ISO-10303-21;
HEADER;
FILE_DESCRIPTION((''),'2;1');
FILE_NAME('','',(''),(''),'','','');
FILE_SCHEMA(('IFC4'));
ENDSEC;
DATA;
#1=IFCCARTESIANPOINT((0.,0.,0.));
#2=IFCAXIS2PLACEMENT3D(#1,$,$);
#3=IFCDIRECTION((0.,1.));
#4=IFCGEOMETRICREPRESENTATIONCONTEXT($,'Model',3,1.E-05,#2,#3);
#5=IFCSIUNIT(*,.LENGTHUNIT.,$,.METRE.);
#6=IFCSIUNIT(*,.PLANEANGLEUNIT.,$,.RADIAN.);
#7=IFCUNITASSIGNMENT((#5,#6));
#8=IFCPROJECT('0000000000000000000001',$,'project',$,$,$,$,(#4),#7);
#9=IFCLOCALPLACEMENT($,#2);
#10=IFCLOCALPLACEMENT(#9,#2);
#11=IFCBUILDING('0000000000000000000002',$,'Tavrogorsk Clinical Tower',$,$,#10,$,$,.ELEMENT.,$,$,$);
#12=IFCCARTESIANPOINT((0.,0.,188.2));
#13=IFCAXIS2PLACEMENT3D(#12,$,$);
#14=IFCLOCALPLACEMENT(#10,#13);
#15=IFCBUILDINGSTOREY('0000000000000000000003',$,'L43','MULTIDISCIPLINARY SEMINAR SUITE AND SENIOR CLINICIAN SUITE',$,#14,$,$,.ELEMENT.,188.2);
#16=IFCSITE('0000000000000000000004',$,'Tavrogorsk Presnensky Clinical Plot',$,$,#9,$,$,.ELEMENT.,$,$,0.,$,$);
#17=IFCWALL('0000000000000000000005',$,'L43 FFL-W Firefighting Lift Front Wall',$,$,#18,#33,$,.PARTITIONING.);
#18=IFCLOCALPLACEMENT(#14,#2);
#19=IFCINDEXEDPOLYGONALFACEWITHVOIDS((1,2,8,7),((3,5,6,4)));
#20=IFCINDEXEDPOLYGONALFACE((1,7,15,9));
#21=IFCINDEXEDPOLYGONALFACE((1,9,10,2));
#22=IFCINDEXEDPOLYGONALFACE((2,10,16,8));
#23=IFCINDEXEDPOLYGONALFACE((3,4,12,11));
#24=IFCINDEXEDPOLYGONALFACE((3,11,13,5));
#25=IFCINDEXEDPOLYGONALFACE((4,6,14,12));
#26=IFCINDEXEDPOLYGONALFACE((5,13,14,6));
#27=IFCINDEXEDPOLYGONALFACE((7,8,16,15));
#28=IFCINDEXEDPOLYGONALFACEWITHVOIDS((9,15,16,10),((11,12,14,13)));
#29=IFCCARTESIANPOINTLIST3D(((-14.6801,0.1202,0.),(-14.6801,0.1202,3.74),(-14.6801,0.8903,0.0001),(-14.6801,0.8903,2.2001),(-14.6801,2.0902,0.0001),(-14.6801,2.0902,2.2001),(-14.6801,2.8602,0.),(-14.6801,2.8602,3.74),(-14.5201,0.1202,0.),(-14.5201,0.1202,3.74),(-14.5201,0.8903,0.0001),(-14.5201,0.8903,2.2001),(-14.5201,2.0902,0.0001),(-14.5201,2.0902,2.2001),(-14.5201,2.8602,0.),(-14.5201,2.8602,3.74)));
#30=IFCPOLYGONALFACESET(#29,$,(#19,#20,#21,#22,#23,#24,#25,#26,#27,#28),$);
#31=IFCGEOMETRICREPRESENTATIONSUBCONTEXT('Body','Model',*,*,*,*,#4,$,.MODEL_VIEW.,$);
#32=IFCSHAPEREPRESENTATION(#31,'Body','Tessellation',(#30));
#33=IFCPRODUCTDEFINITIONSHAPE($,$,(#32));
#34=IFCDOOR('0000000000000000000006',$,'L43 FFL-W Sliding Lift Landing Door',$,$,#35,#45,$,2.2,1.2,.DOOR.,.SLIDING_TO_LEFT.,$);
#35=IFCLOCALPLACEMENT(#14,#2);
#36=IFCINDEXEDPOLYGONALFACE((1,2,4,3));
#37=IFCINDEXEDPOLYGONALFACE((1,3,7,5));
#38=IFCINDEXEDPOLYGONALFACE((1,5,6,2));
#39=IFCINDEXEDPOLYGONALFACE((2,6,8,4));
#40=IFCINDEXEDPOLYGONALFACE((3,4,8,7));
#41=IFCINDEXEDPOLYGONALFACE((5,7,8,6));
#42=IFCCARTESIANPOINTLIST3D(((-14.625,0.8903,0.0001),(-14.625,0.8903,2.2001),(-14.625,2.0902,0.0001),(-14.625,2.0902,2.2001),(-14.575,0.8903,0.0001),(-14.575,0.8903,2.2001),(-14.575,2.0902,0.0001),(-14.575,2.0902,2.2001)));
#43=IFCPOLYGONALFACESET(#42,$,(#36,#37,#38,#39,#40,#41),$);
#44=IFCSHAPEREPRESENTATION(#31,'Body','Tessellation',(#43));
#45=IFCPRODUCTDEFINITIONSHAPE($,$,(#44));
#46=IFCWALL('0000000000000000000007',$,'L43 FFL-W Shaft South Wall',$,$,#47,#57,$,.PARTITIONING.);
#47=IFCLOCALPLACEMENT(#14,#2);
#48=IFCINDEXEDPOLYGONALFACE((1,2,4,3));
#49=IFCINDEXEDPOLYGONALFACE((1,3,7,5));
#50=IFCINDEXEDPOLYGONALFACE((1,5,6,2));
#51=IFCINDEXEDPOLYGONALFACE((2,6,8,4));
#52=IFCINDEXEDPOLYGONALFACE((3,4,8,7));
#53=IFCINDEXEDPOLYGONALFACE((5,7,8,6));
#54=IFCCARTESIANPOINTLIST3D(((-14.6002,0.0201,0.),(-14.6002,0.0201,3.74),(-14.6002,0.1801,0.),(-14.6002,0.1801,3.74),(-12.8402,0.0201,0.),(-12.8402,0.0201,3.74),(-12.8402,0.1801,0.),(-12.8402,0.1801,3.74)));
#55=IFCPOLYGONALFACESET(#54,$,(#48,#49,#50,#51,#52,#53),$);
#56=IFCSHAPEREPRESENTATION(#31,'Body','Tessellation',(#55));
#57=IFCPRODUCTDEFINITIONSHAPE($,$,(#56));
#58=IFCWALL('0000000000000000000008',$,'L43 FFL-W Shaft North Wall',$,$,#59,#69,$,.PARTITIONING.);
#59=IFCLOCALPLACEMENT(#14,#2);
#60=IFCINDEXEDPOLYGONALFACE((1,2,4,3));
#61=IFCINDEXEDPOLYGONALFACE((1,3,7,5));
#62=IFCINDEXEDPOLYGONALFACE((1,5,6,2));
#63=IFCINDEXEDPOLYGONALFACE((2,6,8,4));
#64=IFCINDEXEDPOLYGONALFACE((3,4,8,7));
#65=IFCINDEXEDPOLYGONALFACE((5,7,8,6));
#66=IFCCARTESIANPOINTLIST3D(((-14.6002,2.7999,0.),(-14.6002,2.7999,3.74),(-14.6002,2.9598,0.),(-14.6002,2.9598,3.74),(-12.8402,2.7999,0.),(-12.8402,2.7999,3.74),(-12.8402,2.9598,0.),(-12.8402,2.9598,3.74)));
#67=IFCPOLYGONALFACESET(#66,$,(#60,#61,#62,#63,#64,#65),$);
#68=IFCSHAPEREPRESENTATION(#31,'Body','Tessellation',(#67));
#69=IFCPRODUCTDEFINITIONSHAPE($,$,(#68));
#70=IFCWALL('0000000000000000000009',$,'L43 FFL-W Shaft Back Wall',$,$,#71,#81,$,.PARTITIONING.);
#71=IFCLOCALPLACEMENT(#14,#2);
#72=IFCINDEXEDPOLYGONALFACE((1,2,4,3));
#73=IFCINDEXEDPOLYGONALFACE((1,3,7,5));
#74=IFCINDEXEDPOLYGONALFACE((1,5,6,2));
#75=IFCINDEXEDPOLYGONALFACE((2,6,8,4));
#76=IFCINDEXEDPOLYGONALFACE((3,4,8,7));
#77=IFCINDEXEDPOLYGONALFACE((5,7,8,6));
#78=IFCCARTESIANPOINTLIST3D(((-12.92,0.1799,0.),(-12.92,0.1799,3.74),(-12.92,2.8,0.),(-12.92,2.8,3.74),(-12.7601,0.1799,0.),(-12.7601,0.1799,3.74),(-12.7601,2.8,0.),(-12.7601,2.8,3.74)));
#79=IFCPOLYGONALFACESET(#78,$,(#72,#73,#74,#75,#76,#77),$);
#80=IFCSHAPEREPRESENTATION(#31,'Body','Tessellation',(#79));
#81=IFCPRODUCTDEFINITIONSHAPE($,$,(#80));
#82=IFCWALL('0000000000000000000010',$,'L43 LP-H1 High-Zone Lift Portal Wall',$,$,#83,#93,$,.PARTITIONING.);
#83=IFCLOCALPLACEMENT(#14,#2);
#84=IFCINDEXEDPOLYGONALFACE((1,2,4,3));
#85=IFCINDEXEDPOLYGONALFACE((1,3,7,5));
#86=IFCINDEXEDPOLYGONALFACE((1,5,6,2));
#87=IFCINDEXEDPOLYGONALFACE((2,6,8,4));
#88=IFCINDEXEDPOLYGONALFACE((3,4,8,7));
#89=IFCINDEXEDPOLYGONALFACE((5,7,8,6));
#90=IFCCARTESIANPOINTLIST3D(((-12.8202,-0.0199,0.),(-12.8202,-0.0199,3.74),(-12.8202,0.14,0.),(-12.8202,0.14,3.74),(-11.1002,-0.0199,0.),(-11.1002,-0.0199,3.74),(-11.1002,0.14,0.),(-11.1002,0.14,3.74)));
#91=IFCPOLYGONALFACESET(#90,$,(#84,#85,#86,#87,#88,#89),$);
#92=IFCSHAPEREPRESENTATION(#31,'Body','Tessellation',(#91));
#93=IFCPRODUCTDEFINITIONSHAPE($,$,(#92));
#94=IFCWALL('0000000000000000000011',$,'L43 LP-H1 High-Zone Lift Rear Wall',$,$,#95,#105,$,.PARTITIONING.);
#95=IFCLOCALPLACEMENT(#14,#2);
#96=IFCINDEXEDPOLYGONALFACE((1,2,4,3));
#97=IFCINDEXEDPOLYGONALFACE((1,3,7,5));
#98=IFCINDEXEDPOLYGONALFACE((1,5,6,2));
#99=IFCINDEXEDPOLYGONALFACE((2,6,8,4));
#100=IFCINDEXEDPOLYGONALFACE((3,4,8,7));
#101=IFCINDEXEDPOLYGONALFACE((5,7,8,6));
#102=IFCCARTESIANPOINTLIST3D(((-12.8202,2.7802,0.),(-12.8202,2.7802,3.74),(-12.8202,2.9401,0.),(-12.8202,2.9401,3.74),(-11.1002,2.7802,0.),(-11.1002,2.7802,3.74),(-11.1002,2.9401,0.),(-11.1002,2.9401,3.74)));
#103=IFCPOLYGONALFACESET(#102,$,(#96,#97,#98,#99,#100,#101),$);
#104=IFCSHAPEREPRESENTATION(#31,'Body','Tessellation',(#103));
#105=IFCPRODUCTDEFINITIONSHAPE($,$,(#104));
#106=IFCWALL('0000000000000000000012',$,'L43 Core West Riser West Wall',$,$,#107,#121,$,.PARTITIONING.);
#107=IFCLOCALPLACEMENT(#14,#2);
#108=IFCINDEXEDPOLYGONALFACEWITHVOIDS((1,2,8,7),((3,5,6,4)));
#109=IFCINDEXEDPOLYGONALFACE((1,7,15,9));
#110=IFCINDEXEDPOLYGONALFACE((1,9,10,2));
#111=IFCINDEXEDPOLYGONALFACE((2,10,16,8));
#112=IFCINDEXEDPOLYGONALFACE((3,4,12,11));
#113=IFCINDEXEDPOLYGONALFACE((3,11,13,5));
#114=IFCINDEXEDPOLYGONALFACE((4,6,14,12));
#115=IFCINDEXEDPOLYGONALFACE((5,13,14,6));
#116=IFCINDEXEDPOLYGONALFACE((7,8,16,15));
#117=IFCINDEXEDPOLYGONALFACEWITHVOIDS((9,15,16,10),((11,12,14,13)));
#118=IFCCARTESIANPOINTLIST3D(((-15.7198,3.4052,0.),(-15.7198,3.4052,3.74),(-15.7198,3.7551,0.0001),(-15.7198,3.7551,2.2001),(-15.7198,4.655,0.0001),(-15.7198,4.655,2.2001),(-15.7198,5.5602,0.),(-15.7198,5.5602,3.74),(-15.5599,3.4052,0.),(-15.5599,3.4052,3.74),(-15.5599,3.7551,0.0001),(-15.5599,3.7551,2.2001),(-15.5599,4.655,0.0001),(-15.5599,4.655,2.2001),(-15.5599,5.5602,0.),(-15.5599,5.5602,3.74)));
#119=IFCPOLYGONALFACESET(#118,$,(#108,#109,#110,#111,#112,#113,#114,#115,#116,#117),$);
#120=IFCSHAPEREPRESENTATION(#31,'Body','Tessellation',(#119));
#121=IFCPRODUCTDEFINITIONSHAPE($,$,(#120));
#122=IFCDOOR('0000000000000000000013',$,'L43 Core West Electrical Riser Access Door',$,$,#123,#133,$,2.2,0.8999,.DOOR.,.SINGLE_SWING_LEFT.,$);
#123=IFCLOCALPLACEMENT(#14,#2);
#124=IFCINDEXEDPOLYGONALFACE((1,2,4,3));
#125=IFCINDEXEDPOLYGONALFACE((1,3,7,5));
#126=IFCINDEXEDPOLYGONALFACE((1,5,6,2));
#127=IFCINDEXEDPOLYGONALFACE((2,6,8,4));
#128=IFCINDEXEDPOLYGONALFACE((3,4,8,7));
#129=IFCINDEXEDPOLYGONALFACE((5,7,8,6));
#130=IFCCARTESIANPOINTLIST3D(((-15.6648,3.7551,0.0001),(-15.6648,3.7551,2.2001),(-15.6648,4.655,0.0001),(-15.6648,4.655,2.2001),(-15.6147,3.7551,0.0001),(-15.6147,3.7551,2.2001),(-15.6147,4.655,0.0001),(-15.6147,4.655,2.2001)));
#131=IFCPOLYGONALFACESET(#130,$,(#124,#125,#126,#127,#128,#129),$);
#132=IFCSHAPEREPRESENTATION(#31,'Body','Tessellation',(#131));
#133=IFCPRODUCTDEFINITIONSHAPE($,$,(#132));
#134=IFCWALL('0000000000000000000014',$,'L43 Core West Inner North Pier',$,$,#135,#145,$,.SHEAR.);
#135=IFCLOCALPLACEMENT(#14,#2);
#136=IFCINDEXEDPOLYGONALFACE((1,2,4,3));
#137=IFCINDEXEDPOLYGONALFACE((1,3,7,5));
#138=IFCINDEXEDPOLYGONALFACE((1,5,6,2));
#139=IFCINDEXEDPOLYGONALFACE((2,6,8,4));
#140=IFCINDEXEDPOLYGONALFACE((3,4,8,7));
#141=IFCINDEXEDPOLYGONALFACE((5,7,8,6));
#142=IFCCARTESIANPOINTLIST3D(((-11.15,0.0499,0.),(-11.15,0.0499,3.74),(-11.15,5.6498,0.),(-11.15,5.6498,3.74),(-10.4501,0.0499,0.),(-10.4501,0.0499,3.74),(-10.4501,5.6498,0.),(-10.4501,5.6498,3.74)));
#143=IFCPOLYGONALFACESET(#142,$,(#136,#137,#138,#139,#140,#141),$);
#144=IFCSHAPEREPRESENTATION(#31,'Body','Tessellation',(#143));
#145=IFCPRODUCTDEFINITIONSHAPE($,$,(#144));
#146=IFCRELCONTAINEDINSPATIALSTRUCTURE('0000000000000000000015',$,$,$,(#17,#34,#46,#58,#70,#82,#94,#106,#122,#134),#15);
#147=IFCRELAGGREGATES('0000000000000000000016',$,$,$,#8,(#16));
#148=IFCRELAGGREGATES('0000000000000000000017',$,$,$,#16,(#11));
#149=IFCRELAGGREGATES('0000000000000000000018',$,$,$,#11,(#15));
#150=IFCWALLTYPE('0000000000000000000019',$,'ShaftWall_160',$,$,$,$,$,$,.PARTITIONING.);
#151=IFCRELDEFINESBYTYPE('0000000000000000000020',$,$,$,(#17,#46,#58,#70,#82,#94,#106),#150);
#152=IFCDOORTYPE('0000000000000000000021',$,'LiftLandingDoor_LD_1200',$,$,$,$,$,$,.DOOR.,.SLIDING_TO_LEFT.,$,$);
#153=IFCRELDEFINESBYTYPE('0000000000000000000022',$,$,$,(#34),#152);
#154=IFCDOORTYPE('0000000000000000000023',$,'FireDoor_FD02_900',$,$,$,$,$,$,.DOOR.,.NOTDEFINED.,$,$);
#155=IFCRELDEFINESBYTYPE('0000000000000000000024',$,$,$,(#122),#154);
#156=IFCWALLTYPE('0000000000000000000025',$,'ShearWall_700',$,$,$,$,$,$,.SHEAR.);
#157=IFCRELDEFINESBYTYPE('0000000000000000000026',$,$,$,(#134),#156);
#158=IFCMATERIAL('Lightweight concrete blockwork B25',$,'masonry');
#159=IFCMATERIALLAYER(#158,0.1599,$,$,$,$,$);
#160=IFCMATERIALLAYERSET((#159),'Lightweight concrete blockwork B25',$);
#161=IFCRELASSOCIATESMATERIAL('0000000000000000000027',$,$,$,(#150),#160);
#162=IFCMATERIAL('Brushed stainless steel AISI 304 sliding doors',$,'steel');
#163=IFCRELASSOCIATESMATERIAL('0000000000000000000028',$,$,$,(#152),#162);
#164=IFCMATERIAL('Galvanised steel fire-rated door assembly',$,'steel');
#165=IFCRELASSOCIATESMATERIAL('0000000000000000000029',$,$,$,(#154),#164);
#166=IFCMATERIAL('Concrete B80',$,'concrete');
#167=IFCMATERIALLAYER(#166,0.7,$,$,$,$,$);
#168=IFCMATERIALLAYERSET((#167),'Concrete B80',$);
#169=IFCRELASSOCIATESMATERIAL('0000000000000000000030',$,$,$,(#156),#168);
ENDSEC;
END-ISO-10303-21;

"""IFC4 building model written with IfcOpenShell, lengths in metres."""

from ifc_helpers import new_model, si_unit, direction, frame, frame_2d, origin, place, context, subcontext, project, spatial, rectangle, extrude, material, layer, layer_set, type_object, element, fill, save


model = new_model("IFC4")

# Units and contexts
model_context = context("Model", 3, precision=1e-05, world=origin(), true_north=direction((0.0, 1.0)))
body_context = subcontext(model_context, "Body", "Model", "MODEL_VIEW")
ifc_project = project(units=[si_unit("LENGTHUNIT", "METRE"), si_unit("PLANEANGLEUNIT", "RADIAN")], contexts=[model_context])

# Site, building, storey
site_placement = place(None, origin())
site = spatial("IfcSite", under=ifc_project, at=site_placement, Name="Tavrogorsk Presnensky Clinical Plot", CompositionType="ELEMENT", RefElevation=0.0)
building_placement = place(site_placement, origin())
building = spatial("IfcBuilding", under=site, at=building_placement, Name="Tavrogorsk Clinical Tower", CompositionType="ELEMENT")
storey_placement = place(building_placement, frame((0.0, 0.0, 188.2)))
storey = spatial("IfcBuildingStorey", under=building, at=storey_placement, Name="L43", Description="MULTIDISCIPLINARY SEMINAR SUITE AND SENIOR CLINICIAN SUITE", CompositionType="ELEMENT", Elevation=188.2)

# Wall, opening, door
ifc_material_1 = material(Name="Lightweight concrete blockwork B25", Category="masonry")
ifc_layer_1 = layer(ifc_material_1, 0.1599)
ifc_layer_set_1 = layer_set([ifc_layer_1], Name="Lightweight concrete blockwork B25")
wall_type_1 = type_object("IfcWallType", Name="ShaftWall_160", PredefinedType="PARTITIONING", material=ifc_layer_set_1)
wall_1_placement = place(storey_placement, frame((-14.6001, 0.1201, 0.0), z_axis=(0.0, 0.0, 1.0), x_axis=(0.0, 1.0, 0.0)))
wall_1 = element("IfcWall", 1, at=wall_1_placement, inside=storey, type_object=wall_type_1, Name="L43 FFL-W Firefighting Lift Front Wall", PredefinedType="PARTITIONING", context=body_context, shape_type="SweptSolid", body=[
    extrude(rectangle(XDim=2.74, YDim=0.1599, at=frame_2d((1.3701, 0.0))), origin(), (0.0, 0.0, 1.0), 3.74),
])
opening_1_placement = place(wall_1_placement, frame((0.77, 0.0, 0.0)))
opening_1 = element("IfcOpeningElement", 2, at=opening_1_placement, cuts=wall_1, PredefinedType="OPENING", context=body_context, shape_type="SweptSolid", body=[
    extrude(rectangle(XDim=1.2, YDim=2.2, at=frame_2d((0.6001, 1.1001))), frame((0.0, 0.0898, 0.0), z_axis=(0.0, -1.0, 0.0), x_axis=(1.0, 0.0, 0.0)), (0.0, 0.0, 1.0), 0.1799),
])
ifc_material_2 = material(Name="Brushed stainless steel AISI 304 sliding doors", Category="steel")
door_type_1 = type_object("IfcDoorType", Name="LiftLandingDoor_LD_1200", OperationType="SLIDING_TO_LEFT", PredefinedType="DOOR", material=ifc_material_2)
door_1_placement = place(opening_1_placement, origin())
door_1 = element("IfcDoor", 3, at=door_1_placement, inside=storey, type_object=door_type_1, Name="L43 FFL-W Sliding Lift Landing Door", OperationType="SLIDING_TO_LEFT", OverallHeight=2.2, OverallWidth=1.2, PredefinedType="DOOR", context=body_context, shape_type="SweptSolid", body=[
    extrude(rectangle(XDim=1.2, YDim=2.2, at=frame_2d((0.6001, 1.1001))), frame((0.0, 0.0249, 0.0), z_axis=(0.0, -1.0, 0.0), x_axis=(1.0, 0.0, 0.0)), (0.0, 0.0, 1.0), 0.05),
])
fill(opening_1, door_1)

# Walls
for number, where, z_axis, x_axis, name in (
    (4, (-14.6001, 0.1001, 0.0), (0.0, 0.0, 1.0), (1.0, 0.0, 0.0), "L43 FFL-W Shaft South Wall"),
    (5, (-14.6001, 2.8799, 0.0), (0.0, 0.0, 1.0), (1.0, 0.0, 0.0), "L43 FFL-W Shaft North Wall"),
):
    element("IfcWall", number, at=place(storey_placement, frame(where, z_axis=z_axis, x_axis=x_axis)), inside=storey, type_object=wall_type_1, Name=name, PredefinedType="PARTITIONING", context=body_context, shape_type="SweptSolid", body=[
        extrude(rectangle(XDim=1.76, YDim=0.1599, at=frame_2d((0.8799, 0.0))), origin(), (0.0, 0.0, 1.0), 3.74),
    ])
wall_2_placement = place(storey_placement, frame((-12.8401, 0.1799, 0.0), z_axis=(0.0, 0.0, 1.0), x_axis=(0.0, 1.0, 0.0)))
element("IfcWall", 6, at=wall_2_placement, inside=storey, type_object=wall_type_1, Name="L43 FFL-W Shaft Back Wall", PredefinedType="PARTITIONING", context=body_context, shape_type="SweptSolid", body=[
    extrude(rectangle(XDim=2.6201, YDim=0.1599, at=frame_2d((1.3101, 0.0))), origin(), (0.0, 0.0, 1.0), 3.74),
])
for number, where, z_axis, x_axis, name in (
    (7, (-12.8201, 0.0601, 0.0), (0.0, 0.0, 1.0), (1.0, 0.0, 0.0), "L43 LP-H1 High-Zone Lift Portal Wall"),
    (8, (-12.8201, 2.8601, 0.0), (0.0, 0.0, 1.0), (1.0, 0.0, 0.0), "L43 LP-H1 High-Zone Lift Rear Wall"),
):
    element("IfcWall", number, at=place(storey_placement, frame(where, z_axis=z_axis, x_axis=x_axis)), inside=storey, type_object=wall_type_1, Name=name, PredefinedType="PARTITIONING", context=body_context, shape_type="SweptSolid", body=[
        extrude(rectangle(XDim=1.72, YDim=0.1599, at=frame_2d((0.8599, 0.0))), origin(), (0.0, 0.0, 1.0), 3.74),
    ])

# Wall, opening, door
wall_3_placement = place(storey_placement, frame((-15.6399, 3.405, 0.0), z_axis=(0.0, 0.0, 1.0), x_axis=(0.0, 1.0, 0.0)))
wall_3 = element("IfcWall", 9, at=wall_3_placement, inside=storey, type_object=wall_type_1, Name="L43 Core West Riser West Wall", PredefinedType="PARTITIONING", context=body_context, shape_type="SweptSolid", body=[
    extrude(rectangle(XDim=2.155, YDim=0.1599, at=frame_2d((1.0776, 0.0))), origin(), (0.0, 0.0, 1.0), 3.74),
])
opening_2_placement = place(wall_3_placement, frame((0.3501, 0.0, 0.0)))
opening_2 = element("IfcOpeningElement", 10, at=opening_2_placement, cuts=wall_3, PredefinedType="OPENING", context=body_context, shape_type="SweptSolid", body=[
    extrude(rectangle(XDim=0.8999, YDim=2.2, at=frame_2d((0.45, 1.1001))), frame((0.0, 0.0898, 0.0), z_axis=(0.0, -1.0, 0.0), x_axis=(1.0, 0.0, 0.0)), (0.0, 0.0, 1.0), 0.1799),
])
ifc_material_3 = material(Name="Galvanised steel fire-rated door assembly", Category="steel")
door_type_2 = type_object("IfcDoorType", Name="FireDoor_FD02_900", OperationType="NOTDEFINED", PredefinedType="DOOR", material=ifc_material_3)
door_2_placement = place(opening_2_placement, origin())
door_2 = element("IfcDoor", 11, at=door_2_placement, inside=storey, type_object=door_type_2, Name="L43 Core West Electrical Riser Access Door", OperationType="SINGLE_SWING_LEFT", OverallHeight=2.2, OverallWidth=0.8999, PredefinedType="DOOR", context=body_context, shape_type="SweptSolid", body=[
    extrude(rectangle(XDim=0.8999, YDim=2.2, at=frame_2d((0.45, 1.1001))), frame((0.0, 0.0249, 0.0), z_axis=(0.0, -1.0, 0.0), x_axis=(1.0, 0.0, 0.0)), (0.0, 0.0, 1.0), 0.05),
])
fill(opening_2, door_2)

# Wall
ifc_material_4 = material(Name="Concrete B80", Category="concrete")
ifc_layer_2 = layer(ifc_material_4, 0.7)
ifc_layer_set_2 = layer_set([ifc_layer_2], Name="Concrete B80")
wall_type_2 = type_object("IfcWallType", Name="ShearWall_700", PredefinedType="SHEAR", material=ifc_layer_set_2)
wall_4_placement = place(storey_placement, frame((-10.8, 0.05, 0.0), z_axis=(0.0, 0.0, 1.0), x_axis=(0.0, 1.0, 0.0)))
element("IfcWall", 12, at=wall_4_placement, inside=storey, type_object=wall_type_2, Name="L43 Core West Inner North Pier", PredefinedType="SHEAR", context=body_context, shape_type="SweptSolid", body=[
    extrude(rectangle(XDim=5.5999, YDim=0.7, at=frame_2d((2.7998, 0.0))), origin(), (0.0, 0.0, 1.0), 3.74),
])

save(model, "model.ifc")
